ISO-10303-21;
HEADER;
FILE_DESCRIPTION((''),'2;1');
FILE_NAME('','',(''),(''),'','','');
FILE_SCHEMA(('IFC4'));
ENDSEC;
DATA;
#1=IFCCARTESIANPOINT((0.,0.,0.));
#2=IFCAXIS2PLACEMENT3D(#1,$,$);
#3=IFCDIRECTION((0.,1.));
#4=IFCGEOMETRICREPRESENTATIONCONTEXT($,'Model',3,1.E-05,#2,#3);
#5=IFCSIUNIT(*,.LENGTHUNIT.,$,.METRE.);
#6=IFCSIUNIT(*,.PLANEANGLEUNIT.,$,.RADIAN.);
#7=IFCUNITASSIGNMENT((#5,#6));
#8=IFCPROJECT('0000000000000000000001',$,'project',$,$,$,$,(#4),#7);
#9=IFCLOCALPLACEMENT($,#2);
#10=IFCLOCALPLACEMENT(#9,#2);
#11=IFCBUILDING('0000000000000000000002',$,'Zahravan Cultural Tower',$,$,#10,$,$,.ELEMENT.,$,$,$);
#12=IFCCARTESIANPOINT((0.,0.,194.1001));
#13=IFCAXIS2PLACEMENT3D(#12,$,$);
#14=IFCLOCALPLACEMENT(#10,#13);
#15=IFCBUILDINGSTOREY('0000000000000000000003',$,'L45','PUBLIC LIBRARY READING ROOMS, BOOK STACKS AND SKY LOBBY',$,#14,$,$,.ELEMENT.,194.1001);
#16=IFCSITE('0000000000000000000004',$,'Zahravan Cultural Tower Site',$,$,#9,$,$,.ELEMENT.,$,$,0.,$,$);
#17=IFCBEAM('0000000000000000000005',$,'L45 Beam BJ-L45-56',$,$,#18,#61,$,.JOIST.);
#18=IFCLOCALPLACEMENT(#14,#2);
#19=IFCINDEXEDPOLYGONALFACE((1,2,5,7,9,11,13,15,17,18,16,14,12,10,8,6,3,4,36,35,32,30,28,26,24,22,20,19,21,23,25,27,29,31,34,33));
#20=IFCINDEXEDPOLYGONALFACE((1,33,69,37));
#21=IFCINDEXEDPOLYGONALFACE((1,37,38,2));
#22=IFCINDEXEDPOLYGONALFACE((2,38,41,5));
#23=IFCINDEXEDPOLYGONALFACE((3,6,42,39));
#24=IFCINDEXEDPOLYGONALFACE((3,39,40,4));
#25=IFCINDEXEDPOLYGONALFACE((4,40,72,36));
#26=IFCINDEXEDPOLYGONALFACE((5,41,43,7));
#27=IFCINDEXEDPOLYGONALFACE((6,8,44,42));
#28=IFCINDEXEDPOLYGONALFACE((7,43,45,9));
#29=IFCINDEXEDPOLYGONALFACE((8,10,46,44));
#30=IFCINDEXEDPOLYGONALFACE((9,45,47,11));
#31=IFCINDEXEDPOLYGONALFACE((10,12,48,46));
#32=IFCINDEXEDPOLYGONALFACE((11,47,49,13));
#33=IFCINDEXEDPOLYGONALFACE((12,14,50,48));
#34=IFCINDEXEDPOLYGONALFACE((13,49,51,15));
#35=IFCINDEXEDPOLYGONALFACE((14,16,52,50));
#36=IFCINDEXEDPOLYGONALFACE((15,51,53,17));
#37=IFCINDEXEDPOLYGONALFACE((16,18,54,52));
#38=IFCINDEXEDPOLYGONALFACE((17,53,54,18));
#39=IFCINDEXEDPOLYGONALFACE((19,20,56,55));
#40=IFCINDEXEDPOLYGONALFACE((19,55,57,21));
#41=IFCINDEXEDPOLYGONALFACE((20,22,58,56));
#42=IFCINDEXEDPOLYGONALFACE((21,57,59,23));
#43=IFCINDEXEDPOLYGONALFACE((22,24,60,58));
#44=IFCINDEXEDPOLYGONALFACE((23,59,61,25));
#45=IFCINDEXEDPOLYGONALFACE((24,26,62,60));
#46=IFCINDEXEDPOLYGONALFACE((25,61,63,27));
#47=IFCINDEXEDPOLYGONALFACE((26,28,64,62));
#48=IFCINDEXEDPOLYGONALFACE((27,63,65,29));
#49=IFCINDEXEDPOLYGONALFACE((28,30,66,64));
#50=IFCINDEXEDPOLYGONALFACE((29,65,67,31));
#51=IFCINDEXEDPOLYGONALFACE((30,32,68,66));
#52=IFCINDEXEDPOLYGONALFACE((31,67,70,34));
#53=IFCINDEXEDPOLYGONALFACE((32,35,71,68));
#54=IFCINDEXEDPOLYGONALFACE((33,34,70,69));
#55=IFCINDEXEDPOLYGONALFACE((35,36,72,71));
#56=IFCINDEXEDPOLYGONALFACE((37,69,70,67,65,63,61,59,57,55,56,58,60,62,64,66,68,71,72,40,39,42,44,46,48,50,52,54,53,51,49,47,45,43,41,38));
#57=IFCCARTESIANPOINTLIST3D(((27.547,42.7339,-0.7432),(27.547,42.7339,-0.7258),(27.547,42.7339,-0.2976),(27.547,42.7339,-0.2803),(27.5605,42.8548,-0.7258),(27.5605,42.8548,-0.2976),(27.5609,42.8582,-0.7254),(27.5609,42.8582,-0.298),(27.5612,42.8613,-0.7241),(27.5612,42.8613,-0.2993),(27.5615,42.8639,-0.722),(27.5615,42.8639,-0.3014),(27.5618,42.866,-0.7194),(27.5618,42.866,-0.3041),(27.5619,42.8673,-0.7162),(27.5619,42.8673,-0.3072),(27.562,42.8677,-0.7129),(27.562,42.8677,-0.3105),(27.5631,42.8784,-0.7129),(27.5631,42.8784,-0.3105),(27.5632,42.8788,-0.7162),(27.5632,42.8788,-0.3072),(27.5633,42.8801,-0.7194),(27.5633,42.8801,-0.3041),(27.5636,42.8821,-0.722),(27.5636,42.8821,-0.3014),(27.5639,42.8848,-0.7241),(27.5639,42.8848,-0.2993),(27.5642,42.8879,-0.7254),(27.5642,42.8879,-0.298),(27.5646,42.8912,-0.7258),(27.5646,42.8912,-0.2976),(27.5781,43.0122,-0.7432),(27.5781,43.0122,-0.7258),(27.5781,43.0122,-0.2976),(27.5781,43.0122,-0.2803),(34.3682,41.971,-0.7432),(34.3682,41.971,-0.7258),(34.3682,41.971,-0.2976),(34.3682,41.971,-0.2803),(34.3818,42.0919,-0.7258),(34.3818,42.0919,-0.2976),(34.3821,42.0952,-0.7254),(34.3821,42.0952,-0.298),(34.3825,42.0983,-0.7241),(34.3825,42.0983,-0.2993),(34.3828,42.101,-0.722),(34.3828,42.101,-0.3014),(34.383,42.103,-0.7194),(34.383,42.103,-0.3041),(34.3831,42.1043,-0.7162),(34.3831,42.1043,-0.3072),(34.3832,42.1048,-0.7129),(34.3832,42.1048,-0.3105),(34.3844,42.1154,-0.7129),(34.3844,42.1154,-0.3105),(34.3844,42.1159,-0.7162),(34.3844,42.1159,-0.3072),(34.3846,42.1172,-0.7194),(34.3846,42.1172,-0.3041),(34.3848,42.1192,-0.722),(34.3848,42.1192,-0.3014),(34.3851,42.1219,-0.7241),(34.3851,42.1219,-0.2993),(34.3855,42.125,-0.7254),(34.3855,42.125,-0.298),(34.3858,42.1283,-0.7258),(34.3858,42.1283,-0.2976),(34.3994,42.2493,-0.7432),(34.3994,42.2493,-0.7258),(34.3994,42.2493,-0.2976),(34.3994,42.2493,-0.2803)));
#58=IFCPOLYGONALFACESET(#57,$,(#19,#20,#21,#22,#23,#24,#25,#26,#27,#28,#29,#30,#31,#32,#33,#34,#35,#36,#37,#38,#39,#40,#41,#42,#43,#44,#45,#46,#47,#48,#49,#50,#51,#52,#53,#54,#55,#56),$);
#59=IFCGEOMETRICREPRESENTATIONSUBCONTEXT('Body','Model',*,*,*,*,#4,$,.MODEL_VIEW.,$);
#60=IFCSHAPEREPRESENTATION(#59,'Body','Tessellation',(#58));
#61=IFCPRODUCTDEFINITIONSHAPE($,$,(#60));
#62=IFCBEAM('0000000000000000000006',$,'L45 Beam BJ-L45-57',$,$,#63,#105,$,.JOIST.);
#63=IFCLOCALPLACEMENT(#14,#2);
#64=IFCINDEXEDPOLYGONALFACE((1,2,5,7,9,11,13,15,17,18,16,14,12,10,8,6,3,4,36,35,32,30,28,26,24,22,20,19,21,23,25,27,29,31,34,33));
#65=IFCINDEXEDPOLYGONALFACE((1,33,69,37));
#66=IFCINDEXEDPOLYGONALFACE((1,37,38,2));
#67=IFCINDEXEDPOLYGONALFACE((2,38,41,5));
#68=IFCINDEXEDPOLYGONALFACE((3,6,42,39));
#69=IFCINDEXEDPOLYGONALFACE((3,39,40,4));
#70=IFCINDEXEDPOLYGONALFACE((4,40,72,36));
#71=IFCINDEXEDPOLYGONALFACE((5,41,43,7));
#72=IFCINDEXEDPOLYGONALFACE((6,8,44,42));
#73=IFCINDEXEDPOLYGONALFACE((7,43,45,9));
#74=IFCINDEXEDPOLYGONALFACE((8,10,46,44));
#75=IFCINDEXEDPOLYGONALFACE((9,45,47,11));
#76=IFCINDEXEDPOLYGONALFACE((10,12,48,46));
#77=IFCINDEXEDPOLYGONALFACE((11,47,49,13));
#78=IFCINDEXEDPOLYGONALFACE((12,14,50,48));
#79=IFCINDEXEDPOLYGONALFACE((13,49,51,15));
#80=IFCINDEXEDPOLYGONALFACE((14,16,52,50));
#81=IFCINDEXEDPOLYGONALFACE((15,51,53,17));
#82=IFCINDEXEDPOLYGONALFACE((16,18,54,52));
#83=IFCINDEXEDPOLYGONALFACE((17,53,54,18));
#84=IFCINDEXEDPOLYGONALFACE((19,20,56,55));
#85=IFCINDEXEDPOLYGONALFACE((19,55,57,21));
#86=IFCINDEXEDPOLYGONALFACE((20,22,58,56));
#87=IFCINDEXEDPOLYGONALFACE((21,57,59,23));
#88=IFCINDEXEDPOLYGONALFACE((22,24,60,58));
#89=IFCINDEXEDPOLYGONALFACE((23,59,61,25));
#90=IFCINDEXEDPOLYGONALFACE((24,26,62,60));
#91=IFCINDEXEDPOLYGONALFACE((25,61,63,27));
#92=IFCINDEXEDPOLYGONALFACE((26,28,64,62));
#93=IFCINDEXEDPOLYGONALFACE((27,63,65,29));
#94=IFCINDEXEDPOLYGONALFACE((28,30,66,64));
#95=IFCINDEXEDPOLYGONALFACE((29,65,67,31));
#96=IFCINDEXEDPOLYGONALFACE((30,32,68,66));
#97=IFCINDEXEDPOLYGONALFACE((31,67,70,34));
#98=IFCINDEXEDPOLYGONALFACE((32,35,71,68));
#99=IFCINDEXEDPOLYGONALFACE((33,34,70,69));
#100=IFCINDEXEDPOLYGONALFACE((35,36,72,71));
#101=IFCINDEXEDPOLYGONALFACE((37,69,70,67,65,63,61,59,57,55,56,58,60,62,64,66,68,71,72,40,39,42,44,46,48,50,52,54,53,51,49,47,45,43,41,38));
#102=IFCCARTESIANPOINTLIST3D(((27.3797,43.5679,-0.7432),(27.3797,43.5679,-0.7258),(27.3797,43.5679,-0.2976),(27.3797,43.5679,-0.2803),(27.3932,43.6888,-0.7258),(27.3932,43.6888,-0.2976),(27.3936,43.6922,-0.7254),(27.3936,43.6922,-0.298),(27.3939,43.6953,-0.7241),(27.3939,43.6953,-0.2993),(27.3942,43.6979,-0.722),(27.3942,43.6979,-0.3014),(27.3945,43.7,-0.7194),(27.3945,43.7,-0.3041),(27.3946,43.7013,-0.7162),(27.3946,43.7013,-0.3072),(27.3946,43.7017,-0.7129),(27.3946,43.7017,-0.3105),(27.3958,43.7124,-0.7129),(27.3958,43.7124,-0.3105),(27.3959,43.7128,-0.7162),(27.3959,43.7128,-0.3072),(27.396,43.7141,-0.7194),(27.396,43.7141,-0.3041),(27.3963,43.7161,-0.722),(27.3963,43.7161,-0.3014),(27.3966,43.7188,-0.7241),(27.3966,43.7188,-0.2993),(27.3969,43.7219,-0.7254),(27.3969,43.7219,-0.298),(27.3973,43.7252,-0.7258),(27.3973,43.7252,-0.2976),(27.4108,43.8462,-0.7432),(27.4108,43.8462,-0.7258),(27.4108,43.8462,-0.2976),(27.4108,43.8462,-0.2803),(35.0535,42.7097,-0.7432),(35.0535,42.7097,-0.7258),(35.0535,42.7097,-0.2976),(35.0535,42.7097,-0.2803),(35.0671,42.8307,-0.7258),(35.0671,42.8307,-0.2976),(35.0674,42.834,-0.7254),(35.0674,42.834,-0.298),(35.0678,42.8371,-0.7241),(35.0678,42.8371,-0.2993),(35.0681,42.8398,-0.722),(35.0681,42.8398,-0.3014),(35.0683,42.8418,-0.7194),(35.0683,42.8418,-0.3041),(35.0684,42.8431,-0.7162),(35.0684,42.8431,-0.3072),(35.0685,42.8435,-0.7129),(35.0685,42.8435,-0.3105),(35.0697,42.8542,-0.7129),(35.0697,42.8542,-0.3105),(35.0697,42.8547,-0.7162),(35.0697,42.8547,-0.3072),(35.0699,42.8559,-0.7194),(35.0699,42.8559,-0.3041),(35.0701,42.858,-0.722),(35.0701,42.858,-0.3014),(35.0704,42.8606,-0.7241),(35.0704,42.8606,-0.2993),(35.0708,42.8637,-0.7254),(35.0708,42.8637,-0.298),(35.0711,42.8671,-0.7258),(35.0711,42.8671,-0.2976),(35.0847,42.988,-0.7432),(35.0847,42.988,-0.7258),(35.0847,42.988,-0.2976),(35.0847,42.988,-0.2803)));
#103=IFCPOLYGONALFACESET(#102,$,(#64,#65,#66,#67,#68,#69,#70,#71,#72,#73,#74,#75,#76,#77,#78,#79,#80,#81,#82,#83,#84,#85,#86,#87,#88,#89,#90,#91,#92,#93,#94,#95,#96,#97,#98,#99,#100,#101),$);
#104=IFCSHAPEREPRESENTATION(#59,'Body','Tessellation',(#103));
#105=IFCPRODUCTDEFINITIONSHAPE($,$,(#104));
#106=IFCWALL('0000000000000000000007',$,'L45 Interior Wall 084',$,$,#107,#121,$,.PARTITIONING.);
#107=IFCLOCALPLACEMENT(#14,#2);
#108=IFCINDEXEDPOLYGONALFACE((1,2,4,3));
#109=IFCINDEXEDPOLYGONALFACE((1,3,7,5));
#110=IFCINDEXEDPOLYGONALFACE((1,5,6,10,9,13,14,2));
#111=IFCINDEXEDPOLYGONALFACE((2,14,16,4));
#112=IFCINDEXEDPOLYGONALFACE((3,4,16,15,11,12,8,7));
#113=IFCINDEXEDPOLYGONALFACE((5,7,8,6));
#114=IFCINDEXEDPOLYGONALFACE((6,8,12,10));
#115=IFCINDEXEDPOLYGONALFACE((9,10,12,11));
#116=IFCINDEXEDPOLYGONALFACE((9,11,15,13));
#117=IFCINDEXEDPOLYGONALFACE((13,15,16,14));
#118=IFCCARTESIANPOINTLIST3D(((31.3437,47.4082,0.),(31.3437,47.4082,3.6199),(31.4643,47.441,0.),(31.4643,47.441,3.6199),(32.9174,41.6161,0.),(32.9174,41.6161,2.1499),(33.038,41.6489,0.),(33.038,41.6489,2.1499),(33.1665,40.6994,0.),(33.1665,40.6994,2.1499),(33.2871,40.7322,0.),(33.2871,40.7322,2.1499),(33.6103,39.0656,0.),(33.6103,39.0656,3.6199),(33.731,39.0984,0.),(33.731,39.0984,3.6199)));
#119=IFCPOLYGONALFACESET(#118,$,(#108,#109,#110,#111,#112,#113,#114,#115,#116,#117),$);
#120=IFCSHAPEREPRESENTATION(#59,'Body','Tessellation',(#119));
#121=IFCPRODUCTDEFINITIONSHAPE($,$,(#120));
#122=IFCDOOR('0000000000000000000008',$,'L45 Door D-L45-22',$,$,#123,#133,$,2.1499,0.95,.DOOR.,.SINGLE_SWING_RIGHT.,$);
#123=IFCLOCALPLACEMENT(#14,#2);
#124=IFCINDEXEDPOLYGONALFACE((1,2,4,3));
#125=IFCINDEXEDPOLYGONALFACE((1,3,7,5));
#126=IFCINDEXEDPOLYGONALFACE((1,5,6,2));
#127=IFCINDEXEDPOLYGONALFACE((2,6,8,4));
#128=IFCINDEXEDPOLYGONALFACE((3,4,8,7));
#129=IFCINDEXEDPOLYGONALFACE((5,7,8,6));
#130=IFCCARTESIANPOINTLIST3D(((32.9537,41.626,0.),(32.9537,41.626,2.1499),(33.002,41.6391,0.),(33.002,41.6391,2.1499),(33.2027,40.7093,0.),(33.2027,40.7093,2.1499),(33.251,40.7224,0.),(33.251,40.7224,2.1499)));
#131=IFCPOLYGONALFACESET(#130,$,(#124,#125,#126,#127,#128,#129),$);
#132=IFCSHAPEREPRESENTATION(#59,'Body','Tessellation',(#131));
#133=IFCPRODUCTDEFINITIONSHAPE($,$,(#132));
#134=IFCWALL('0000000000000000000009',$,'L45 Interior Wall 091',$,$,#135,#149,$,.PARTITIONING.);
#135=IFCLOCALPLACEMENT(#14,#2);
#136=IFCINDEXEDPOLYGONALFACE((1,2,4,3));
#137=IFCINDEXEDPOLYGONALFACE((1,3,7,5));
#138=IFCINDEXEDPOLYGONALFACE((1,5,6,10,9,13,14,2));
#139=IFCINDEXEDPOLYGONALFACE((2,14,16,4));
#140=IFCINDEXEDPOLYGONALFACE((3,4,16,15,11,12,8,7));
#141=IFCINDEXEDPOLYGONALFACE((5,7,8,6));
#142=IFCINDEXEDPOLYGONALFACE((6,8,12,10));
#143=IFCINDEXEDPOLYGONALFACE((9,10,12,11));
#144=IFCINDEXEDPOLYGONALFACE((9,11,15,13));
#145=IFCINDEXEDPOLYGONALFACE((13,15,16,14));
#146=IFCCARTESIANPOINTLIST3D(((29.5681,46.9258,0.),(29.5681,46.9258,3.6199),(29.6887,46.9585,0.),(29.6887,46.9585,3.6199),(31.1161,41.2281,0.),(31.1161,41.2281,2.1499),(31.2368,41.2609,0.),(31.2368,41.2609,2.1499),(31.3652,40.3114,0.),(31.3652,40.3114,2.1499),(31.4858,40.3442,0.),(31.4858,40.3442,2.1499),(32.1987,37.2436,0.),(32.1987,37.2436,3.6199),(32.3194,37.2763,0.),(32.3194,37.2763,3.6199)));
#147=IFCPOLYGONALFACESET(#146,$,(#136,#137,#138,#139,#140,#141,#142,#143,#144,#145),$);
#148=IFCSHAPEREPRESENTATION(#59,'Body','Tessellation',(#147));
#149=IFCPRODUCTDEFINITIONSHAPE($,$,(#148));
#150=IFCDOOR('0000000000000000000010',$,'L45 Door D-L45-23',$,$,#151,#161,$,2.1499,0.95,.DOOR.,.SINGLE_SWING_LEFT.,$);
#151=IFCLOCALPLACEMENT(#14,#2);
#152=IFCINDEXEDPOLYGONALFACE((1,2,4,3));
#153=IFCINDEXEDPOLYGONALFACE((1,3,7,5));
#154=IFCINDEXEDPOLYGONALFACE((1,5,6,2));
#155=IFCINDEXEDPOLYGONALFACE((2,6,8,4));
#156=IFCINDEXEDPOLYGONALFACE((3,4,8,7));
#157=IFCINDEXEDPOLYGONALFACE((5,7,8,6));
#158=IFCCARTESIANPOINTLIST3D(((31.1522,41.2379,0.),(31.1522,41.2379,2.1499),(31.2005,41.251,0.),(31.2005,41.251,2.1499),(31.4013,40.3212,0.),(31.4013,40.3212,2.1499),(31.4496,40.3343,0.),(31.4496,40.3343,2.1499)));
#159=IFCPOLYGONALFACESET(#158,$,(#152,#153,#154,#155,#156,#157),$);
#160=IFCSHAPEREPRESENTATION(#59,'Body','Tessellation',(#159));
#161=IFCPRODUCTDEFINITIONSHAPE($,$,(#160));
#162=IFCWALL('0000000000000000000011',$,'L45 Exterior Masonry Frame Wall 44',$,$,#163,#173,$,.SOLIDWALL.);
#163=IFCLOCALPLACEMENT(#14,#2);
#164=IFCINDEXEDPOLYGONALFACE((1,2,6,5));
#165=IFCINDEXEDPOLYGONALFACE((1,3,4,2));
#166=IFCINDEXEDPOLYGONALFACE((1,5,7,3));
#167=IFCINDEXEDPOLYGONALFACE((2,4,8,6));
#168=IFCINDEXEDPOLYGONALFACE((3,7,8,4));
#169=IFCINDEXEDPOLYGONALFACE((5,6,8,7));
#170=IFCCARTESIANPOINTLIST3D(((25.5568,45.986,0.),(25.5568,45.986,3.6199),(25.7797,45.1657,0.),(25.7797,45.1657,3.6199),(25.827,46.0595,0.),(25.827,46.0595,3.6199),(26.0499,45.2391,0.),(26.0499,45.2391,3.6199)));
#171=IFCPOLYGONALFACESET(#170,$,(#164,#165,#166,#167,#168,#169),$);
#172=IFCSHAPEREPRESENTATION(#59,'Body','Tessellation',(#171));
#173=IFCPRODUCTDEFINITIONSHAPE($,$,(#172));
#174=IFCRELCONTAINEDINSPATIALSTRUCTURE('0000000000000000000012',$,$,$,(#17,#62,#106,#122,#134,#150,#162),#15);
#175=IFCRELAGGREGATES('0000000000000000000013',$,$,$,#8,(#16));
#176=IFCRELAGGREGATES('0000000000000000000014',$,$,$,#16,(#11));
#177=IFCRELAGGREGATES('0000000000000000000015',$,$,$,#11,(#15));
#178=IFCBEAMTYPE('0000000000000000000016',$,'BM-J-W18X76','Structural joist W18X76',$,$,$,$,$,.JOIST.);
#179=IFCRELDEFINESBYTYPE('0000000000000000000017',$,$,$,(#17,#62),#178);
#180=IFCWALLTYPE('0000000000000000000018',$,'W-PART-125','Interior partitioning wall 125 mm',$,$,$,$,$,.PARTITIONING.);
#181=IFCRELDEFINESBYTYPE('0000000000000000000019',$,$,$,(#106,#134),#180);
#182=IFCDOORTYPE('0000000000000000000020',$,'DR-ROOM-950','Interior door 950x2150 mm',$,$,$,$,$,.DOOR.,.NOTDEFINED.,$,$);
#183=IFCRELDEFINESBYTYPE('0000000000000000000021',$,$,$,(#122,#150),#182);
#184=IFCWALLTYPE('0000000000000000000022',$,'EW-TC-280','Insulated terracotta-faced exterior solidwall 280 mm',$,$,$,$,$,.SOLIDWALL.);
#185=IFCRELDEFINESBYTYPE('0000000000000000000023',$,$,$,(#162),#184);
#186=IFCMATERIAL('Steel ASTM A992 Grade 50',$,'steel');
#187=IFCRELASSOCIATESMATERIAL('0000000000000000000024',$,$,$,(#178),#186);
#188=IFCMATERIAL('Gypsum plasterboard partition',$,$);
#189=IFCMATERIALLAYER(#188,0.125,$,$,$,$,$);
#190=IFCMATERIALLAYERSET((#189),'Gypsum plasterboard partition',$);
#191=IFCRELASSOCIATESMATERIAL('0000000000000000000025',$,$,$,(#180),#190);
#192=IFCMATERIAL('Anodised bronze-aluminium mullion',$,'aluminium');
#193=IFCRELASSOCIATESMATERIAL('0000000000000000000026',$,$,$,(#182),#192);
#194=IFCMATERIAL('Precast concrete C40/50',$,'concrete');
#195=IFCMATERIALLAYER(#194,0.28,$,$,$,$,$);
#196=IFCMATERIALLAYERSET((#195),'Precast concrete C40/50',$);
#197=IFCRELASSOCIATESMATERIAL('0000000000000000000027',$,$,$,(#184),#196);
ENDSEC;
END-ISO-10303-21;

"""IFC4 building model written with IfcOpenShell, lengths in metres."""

from ifc_helpers import new_model, si_unit, direction, frame, frame_2d, origin, origin_2d, place, context, subcontext, project, spatial, rectangle, i_section, extrude, source, transform, mapped, material, layer, layer_set, material_profile, profile_set, type_object, element, fill, save


model = new_model("IFC4")

# Units and contexts
model_context = context("Model", 3, precision=1e-05, world=origin(), true_north=direction((0.0, 1.0)))
body_context = subcontext(model_context, "Body", "Model", "MODEL_VIEW")
ifc_project = project(units=[si_unit("LENGTHUNIT", "METRE"), si_unit("PLANEANGLEUNIT", "RADIAN")], contexts=[model_context])

# Site, building, storey
site_placement = place(None, origin())
site = spatial("IfcSite", under=ifc_project, at=site_placement, Name="Zahravan Cultural Tower Site", CompositionType="ELEMENT", RefElevation=0.0)
building_placement = place(site_placement, origin())
building = spatial("IfcBuilding", under=site, at=building_placement, Name="Zahravan Cultural Tower", CompositionType="ELEMENT")
storey_placement = place(building_placement, frame((0.0, 0.0, 194.1001)))
storey = spatial("IfcBuildingStorey", under=building, at=storey_placement, Name="L45", Description="PUBLIC LIBRARY READING ROOMS, BOOK STACKS AND SKY LOBBY", CompositionType="ELEMENT", Elevation=194.1001)

# Shared definitions
ifc_material_1 = material(Name="Steel ASTM A992 Grade 50", Category="steel")

# Beams
ifc_material_profile_1 = material_profile(ifc_material_1, i_section(OverallWidth=0.28, OverallDepth=0.4629, WebThickness=0.0107, FlangeThickness=0.0173, FilletRadius=0.0129, at=origin_2d()), Name="W18X76")
ifc_profile_set_1 = profile_set([ifc_material_profile_1], Name="Steel ASTM A992 Grade 50")
beam_type_1 = type_object("IfcBeamType", Name="BM-J-W18X76", Description="Structural joist W18X76", PredefinedType="JOIST", material=ifc_profile_set_1)
shared_shape_1 = source(origin(), body_context, "Body", "SweptSolid", [
    extrude(i_section(OverallWidth=0.28, OverallDepth=0.4629, WebThickness=0.0107, FlangeThickness=0.0173, FilletRadius=0.0129, at=origin_2d()), origin(), (0.0, 0.0, 1.0), 6.8638),
])
beam_1_placement = place(storey_placement, frame((34.3838, 42.1101, -0.5117), z_axis=(-0.993803, 0.111154, 0.0), x_axis=(-0.111154, -0.993803, 0.0)))
element("IfcBeam", 1, at=beam_1_placement, inside=storey, type_object=beam_type_1, Name="L45 Beam BJ-L45-56", PredefinedType="JOIST", context=body_context, shape_type="MappedRepresentation", body=[
    mapped(shared_shape_1, transform((0.0, 0.0, 0.0), x_axis=(1.0, 0.0, 0.0), y_axis=(0.0, 1.0, 0.0), z_axis=(0.0, 0.0, 1.0), scale=1.0)),
])
shared_shape_2 = source(origin(), body_context, "Body", "SweptSolid", [
    extrude(i_section(OverallWidth=0.28, OverallDepth=0.4629, WebThickness=0.0107, FlangeThickness=0.0173, FilletRadius=0.0129, at=origin_2d()), origin(), (0.0, 0.0, 1.0), 7.7217),
])
beam_2_placement = place(storey_placement, frame((35.0691, 42.8489, -0.5117), z_axis=(-0.993805, 0.111136, 0.0), x_axis=(-0.111136, -0.993805, 0.0)))
element("IfcBeam", 2, at=beam_2_placement, inside=storey, type_object=beam_type_1, Name="L45 Beam BJ-L45-57", PredefinedType="JOIST", context=body_context, shape_type="MappedRepresentation", body=[
    mapped(shared_shape_2, transform((0.0, 0.0, 0.0), x_axis=(1.0, 0.0, 0.0), y_axis=(0.0, 1.0, 0.0), z_axis=(0.0, 0.0, 1.0), scale=1.0)),
])

# Walls, openings, doors
ifc_material_2 = material(Name="Gypsum plasterboard partition")
ifc_layer_1 = layer(ifc_material_2, 0.125)
ifc_layer_set_1 = layer_set([ifc_layer_1], Name="Gypsum plasterboard partition")
wall_type_1 = type_object("IfcWallType", Name="W-PART-125", Description="Interior partitioning wall 125 mm", PredefinedType="PARTITIONING", material=ifc_layer_set_1)
wall_1_placement = place(storey_placement, frame((33.6707, 39.082, 0.0), z_axis=(0.0, 0.0, 1.0), x_axis=(-0.262188, 0.965017, 0.0)))
wall_1 = element("IfcWall", 3, at=wall_1_placement, inside=storey, type_object=wall_type_1, Name="L45 Interior Wall 084", PredefinedType="PARTITIONING", context=body_context, shape_type="SweptSolid", body=[
    extrude(rectangle(XDim=8.645, YDim=0.125, at=frame_2d((4.3225, 0.0))), origin(), (0.0, 0.0, 1.0), 3.6199),
])
opening_1_placement = place(wall_1_placement, frame((1.6929, 0.0, 0.0)))
opening_1 = element("IfcOpeningElement", 4, at=opening_1_placement, cuts=wall_1, PredefinedType="OPENING", context=body_context, shape_type="SweptSolid", body=[
    extrude(rectangle(XDim=0.95, YDim=2.1499, at=frame_2d((0.4751, 1.075))), frame((0.0, 0.0725, 0.0), z_axis=(0.0, -1.0, 0.0), x_axis=(1.0, 0.0, 0.0)), (0.0, 0.0, 1.0), 0.145),
])
ifc_material_3 = material(Name="Anodised bronze-aluminium mullion", Category="aluminium")
door_type = type_object("IfcDoorType", Name="DR-ROOM-950", Description="Interior door 950x2150 mm", OperationType="NOTDEFINED", PredefinedType="DOOR", material=ifc_material_3)
shared_shape_3 = source(origin(), body_context, "Body", "SweptSolid", [
    extrude(rectangle(XDim=0.95, YDim=2.1499, at=frame_2d((0.4751, 1.075))), frame((0.0, 0.0249, 0.0), z_axis=(0.0, -1.0, 0.0), x_axis=(1.0, 0.0, 0.0)), (0.0, 0.0, 1.0), 0.05),
])
door_1_placement = place(opening_1_placement, origin())
door_1 = element("IfcDoor", 5, at=door_1_placement, inside=storey, type_object=door_type, Name="L45 Door D-L45-22", OperationType="SINGLE_SWING_RIGHT", OverallHeight=2.1499, OverallWidth=0.95, PredefinedType="DOOR", context=body_context, shape_type="MappedRepresentation", body=[
    mapped(shared_shape_3, transform((0.0, 0.0, 0.0), x_axis=(1.0, 0.0, 0.0), y_axis=(0.0, 1.0, 0.0), z_axis=(0.0, 0.0, 1.0), scale=1.0)),
])
fill(opening_1, door_1)
wall_2_placement = place(storey_placement, frame((29.6284, 46.9421, 0.0), z_axis=(0.0, 0.0, 1.0), x_axis=(0.262193, -0.965016, 0.0)))
wall_2 = element("IfcWall", 6, at=wall_2_placement, inside=storey, type_object=wall_type_1, Name="L45 Interior Wall 091", PredefinedType="PARTITIONING", context=body_context, shape_type="SweptSolid", body=[
    extrude(rectangle(XDim=10.0332, YDim=0.125, at=frame_2d((5.0166, 0.0))), origin(), (0.0, 0.0, 1.0), 3.6199),
])
opening_2_placement = place(wall_2_placement, frame((5.9041, 0.0, 0.0)))
opening_2 = element("IfcOpeningElement", 7, at=opening_2_placement, cuts=wall_2, PredefinedType="OPENING", context=body_context, shape_type="SweptSolid", body=[
    extrude(rectangle(XDim=0.95, YDim=2.1499, at=frame_2d((0.4751, 1.075))), frame((0.0, 0.0725, 0.0), z_axis=(0.0, -1.0, 0.0), x_axis=(1.0, 0.0, 0.0)), (0.0, 0.0, 1.0), 0.145),
])
door_2_placement = place(opening_2_placement, origin())
door_2 = element("IfcDoor", 8, at=door_2_placement, inside=storey, type_object=door_type, Name="L45 Door D-L45-23", OperationType="SINGLE_SWING_LEFT", OverallHeight=2.1499, OverallWidth=0.95, PredefinedType="DOOR", context=body_context, shape_type="MappedRepresentation", body=[
    mapped(shared_shape_3, transform((0.0, 0.0, 0.0), x_axis=(1.0, 0.0, 0.0), y_axis=(0.0, 1.0, 0.0), z_axis=(0.0, 0.0, 1.0), scale=1.0)),
])
fill(opening_2, door_2)

# Wall
ifc_material_4 = material(Name="Precast concrete C40/50", Category="concrete")
ifc_layer_2 = layer(ifc_material_4, 0.28)
ifc_layer_set_2 = layer_set([ifc_layer_2], Name="Precast concrete C40/50")
wall_type_2 = type_object("IfcWallType", Name="EW-TC-280", Description="Insulated terracotta-faced exterior solidwall 280 mm", PredefinedType="SOLIDWALL", material=ifc_layer_set_2)
shared_shape_4 = source(origin(), body_context, "Body", "SweptSolid", [
    extrude(rectangle(XDim=0.8501, YDim=0.28, at=frame_2d((0.425, 0.0))), origin(), (0.0, 0.0, 1.0), 3.6199),
])
for number, where, z_axis, x_axis, name in (
    (9, (25.9148, 45.2024, 0.0), (0.0, 0.0, 1.0), (-0.262218, 0.965009, 0.0), "L45 Exterior Masonry Frame Wall 44"),
):
    element("IfcWall", number, at=place(storey_placement, frame(where, z_axis=z_axis, x_axis=x_axis)), inside=storey, type_object=wall_type_2, Name=name, PredefinedType="SOLIDWALL", context=body_context, shape_type="MappedRepresentation", body=[
        mapped(shared_shape_4, transform((0.0, 0.0, 0.0), x_axis=(1.0, 0.0, 0.0), y_axis=(0.0, 1.0, 0.0), z_axis=(0.0, 0.0, 1.0), scale=1.0)),
    ])

save(model, "model.ifc")
